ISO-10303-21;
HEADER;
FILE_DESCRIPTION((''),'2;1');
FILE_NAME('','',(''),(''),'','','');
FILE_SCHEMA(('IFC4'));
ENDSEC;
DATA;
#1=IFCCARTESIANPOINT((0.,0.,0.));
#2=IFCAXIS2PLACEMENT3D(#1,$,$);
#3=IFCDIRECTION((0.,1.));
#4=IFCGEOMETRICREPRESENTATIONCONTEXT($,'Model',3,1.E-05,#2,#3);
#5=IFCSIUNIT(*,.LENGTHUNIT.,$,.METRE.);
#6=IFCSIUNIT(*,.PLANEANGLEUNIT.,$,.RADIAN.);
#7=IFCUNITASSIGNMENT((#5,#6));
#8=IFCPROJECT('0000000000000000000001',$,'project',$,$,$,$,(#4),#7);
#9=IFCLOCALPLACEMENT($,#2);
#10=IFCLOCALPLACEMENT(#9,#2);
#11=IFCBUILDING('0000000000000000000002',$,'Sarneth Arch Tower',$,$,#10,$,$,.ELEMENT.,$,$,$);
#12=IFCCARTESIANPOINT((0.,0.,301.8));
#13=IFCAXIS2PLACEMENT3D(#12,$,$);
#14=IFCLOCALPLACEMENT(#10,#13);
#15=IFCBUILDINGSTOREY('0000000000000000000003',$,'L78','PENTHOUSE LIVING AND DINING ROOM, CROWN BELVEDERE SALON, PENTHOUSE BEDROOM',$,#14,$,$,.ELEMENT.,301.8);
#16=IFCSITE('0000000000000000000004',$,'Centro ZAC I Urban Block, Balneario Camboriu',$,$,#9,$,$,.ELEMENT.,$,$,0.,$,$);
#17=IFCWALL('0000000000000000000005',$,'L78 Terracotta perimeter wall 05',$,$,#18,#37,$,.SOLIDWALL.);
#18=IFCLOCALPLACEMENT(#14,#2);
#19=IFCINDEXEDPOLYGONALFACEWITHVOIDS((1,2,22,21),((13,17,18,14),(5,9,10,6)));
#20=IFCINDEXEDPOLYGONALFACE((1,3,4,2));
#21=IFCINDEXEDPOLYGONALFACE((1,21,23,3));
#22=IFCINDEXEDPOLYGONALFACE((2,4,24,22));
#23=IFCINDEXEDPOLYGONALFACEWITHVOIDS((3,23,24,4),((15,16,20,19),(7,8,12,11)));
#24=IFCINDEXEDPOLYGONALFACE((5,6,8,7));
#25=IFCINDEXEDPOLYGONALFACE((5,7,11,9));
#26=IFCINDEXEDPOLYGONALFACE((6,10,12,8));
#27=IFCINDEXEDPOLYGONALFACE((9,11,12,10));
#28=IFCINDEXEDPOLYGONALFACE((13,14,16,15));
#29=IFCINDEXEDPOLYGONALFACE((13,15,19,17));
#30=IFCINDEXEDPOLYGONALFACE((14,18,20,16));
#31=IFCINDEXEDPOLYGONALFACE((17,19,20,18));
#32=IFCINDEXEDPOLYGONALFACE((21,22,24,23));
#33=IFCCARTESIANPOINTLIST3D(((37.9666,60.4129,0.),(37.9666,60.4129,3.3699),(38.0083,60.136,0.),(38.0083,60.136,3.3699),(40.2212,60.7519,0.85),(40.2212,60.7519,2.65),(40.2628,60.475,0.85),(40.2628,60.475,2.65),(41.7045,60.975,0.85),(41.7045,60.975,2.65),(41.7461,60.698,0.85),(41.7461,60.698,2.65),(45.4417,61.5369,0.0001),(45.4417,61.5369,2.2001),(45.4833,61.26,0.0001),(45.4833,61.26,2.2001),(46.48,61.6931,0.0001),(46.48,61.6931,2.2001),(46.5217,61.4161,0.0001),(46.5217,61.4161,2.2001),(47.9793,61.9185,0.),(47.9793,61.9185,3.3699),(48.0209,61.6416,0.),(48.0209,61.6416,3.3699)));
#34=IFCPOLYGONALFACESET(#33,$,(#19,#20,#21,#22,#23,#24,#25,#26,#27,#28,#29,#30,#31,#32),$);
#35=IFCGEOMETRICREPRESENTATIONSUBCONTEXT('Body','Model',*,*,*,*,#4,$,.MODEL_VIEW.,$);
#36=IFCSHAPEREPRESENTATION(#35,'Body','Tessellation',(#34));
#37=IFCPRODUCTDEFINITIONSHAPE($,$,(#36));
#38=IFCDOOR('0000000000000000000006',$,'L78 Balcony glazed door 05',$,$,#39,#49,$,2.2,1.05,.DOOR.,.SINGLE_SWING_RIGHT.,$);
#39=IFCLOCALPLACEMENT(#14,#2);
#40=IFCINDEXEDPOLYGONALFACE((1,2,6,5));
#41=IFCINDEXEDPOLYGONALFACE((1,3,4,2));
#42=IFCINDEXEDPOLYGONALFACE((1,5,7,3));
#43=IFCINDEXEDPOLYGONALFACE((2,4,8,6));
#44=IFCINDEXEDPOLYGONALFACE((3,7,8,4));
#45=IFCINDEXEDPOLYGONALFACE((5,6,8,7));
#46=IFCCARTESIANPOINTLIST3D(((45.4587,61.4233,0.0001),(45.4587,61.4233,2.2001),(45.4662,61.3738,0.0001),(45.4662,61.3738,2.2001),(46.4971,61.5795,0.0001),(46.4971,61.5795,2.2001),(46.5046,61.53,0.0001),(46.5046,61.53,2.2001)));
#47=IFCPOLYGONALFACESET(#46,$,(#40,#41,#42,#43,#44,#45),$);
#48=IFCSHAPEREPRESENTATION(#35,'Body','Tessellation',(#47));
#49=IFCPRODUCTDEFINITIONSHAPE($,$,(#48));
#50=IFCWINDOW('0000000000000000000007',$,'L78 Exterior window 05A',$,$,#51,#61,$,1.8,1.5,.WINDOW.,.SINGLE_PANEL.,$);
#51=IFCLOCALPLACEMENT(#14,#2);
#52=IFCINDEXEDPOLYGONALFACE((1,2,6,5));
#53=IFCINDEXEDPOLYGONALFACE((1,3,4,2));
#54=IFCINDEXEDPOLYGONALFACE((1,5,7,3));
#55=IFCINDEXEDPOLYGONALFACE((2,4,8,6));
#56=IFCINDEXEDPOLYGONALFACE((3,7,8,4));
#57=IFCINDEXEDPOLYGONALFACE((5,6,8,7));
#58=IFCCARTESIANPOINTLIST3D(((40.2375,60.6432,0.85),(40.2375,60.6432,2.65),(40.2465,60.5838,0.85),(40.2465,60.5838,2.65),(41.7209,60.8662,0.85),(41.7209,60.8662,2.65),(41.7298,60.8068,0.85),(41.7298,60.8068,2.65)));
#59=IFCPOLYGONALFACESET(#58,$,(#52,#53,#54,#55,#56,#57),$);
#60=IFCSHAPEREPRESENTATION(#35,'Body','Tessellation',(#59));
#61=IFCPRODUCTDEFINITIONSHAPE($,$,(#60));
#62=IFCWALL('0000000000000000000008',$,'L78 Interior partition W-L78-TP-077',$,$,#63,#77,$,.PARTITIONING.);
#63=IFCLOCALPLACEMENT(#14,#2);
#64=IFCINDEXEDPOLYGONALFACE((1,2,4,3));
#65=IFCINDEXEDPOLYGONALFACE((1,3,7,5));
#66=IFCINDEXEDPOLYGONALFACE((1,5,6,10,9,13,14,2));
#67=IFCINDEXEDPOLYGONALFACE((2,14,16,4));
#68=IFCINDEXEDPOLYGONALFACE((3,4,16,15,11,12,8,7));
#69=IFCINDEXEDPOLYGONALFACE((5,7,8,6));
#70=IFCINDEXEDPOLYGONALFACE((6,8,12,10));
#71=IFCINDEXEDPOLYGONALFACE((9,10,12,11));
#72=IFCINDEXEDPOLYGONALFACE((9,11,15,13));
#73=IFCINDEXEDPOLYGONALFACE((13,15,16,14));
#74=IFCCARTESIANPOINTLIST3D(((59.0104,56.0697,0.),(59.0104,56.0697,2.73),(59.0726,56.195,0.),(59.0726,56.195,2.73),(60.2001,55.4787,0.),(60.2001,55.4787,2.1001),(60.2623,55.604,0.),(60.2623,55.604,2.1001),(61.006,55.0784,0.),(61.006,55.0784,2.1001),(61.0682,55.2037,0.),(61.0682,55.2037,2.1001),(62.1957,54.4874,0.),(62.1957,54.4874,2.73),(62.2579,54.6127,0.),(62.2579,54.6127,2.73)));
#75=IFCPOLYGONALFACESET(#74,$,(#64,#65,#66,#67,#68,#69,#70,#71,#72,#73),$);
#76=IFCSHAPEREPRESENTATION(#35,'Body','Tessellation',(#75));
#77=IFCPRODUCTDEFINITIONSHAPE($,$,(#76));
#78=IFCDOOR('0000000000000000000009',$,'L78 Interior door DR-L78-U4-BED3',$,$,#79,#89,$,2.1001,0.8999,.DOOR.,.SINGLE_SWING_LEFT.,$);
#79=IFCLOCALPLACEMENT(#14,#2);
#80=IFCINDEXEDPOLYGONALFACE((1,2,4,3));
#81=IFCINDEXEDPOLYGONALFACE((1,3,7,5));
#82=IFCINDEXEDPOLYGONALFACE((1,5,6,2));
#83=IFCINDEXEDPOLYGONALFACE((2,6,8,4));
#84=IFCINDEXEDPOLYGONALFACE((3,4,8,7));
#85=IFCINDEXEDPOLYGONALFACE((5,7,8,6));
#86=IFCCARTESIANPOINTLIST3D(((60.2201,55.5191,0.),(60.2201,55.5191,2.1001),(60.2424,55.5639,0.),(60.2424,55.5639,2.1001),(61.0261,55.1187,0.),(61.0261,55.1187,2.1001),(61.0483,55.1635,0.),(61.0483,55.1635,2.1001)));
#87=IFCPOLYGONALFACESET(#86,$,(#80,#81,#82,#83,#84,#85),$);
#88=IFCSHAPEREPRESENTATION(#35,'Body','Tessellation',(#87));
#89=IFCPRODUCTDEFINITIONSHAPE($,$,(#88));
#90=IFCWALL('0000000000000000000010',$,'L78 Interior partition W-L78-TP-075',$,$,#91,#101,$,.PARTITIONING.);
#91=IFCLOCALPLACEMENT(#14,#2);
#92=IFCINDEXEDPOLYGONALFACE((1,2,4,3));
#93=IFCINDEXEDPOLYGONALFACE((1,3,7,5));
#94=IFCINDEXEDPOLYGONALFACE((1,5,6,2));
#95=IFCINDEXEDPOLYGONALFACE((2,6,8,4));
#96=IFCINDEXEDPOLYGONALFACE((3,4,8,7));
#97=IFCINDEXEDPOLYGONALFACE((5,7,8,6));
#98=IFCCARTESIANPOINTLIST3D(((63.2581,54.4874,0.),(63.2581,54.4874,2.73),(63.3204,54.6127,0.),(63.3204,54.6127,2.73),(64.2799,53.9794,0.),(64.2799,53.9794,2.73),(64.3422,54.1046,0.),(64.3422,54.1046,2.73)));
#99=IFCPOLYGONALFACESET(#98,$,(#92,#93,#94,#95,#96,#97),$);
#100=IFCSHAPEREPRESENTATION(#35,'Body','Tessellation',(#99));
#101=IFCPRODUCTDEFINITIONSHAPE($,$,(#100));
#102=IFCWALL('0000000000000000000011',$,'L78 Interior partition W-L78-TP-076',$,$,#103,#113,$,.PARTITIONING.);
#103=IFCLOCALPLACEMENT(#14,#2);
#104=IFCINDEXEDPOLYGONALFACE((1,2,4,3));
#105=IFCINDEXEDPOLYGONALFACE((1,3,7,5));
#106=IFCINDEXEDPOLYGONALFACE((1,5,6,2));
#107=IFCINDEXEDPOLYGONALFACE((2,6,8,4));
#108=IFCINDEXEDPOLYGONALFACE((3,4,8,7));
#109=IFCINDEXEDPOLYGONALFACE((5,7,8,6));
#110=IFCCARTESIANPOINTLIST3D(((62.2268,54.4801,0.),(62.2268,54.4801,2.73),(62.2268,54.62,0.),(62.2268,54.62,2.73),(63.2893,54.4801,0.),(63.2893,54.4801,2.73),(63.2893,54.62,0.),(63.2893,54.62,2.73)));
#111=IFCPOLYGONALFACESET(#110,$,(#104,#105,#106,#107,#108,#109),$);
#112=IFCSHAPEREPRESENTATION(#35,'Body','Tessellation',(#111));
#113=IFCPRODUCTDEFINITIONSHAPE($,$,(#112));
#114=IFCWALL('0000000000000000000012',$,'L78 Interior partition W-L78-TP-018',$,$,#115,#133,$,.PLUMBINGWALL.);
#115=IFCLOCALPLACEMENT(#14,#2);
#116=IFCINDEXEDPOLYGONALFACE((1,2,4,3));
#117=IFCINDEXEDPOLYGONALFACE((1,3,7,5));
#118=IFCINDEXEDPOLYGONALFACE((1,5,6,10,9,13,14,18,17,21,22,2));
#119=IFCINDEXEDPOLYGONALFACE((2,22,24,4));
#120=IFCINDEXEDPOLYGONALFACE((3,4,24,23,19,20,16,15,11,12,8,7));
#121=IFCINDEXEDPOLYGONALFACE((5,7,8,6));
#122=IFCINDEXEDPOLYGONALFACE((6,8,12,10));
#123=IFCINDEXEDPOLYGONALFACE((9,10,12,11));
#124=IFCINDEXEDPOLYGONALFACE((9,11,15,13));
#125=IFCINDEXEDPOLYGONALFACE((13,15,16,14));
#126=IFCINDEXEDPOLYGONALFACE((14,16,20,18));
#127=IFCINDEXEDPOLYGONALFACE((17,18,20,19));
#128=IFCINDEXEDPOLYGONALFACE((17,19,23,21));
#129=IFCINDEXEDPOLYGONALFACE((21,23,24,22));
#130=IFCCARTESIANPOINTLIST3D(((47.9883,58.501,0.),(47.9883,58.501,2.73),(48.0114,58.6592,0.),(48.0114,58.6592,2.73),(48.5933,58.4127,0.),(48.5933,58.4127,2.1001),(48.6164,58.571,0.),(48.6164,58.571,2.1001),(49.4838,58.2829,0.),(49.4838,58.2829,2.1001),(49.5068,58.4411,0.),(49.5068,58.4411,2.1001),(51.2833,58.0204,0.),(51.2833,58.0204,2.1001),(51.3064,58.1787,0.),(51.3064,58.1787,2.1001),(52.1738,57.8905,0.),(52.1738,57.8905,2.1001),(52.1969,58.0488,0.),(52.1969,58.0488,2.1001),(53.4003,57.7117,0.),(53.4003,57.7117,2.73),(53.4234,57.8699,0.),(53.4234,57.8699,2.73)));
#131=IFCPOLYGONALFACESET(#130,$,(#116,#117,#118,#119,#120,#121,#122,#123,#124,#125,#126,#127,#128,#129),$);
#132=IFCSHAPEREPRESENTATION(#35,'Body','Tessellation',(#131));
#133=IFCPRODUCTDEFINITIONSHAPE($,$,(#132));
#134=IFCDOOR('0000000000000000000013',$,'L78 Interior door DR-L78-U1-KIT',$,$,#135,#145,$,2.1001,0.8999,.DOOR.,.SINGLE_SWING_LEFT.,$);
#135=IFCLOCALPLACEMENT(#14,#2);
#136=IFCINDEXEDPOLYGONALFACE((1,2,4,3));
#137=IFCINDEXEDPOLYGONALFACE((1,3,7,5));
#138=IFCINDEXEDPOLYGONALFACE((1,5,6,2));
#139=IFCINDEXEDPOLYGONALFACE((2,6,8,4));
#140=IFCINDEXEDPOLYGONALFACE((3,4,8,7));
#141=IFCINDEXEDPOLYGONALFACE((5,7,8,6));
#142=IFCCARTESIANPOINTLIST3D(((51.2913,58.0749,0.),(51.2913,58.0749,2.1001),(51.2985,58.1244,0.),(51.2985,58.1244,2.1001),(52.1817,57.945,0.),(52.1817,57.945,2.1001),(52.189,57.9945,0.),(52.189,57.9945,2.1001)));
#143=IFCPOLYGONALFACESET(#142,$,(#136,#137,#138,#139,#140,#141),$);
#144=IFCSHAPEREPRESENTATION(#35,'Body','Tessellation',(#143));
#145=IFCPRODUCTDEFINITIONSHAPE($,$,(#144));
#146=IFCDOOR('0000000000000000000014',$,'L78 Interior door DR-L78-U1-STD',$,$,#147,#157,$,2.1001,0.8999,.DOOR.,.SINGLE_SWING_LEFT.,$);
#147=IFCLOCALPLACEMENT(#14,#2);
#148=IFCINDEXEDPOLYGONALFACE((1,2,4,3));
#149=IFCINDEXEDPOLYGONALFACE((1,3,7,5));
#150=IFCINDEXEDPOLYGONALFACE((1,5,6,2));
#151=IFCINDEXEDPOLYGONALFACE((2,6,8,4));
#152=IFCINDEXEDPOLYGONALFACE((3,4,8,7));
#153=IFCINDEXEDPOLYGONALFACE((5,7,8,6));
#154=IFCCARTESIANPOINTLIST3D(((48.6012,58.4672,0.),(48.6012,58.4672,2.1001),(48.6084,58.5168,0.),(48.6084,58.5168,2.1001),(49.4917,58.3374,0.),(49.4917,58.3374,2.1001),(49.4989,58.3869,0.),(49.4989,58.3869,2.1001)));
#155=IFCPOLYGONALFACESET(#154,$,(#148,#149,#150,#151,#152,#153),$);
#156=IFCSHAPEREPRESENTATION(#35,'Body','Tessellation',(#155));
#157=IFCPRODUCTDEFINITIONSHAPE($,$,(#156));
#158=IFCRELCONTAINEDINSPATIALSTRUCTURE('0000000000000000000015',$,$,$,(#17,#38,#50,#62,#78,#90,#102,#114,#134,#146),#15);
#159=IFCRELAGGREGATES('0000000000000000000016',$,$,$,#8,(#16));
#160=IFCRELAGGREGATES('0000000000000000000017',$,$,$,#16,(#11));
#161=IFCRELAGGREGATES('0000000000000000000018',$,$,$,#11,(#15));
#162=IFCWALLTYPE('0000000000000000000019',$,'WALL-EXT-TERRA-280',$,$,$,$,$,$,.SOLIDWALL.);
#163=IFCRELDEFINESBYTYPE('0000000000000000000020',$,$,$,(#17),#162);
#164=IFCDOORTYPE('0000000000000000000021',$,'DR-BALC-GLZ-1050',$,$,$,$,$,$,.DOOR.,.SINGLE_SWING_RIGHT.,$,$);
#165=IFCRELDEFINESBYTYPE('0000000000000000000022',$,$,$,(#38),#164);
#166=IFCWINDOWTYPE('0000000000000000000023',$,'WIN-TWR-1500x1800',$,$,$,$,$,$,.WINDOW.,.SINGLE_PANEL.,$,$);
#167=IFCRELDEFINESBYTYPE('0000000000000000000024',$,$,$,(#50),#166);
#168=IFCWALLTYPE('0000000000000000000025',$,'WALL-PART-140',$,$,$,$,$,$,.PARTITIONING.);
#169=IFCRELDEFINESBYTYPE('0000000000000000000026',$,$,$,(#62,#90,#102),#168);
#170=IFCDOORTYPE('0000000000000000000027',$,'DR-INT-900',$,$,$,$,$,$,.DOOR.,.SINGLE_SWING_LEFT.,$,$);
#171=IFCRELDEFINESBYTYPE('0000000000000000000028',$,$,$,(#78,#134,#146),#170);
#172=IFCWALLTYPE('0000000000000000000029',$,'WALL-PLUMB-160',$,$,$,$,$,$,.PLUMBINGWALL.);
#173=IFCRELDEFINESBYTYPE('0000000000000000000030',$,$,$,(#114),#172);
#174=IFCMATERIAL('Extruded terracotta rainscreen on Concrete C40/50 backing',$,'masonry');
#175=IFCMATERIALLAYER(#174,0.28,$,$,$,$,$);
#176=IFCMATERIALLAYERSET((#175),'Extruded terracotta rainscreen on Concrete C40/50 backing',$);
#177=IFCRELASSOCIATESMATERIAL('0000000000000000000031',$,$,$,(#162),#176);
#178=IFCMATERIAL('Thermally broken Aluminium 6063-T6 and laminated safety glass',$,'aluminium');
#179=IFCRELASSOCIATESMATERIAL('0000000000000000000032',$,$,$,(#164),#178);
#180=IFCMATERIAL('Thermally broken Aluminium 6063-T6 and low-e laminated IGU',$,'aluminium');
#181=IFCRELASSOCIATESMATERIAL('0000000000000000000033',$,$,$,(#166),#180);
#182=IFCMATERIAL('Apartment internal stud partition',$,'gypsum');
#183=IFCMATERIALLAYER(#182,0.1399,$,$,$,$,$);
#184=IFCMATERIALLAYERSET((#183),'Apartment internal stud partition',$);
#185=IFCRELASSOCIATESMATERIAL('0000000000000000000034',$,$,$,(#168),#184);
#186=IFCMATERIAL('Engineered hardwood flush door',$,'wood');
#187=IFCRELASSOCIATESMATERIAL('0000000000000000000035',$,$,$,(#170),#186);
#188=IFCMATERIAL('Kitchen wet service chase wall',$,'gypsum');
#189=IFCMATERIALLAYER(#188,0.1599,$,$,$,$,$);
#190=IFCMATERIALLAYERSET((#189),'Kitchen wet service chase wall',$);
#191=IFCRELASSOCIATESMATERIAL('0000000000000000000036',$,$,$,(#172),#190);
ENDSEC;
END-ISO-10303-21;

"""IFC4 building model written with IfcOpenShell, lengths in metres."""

from ifc_helpers import new_model, si_unit, direction, frame, frame_2d, origin, place, context, subcontext, project, spatial, rectangle, extrude, material, layer, layer_set, type_object, element, fill, save


model = new_model("IFC4")

# Units and contexts
model_context = context("Model", 3, precision=1e-05, world=origin(), true_north=direction((0.0, 1.0)))
body_context = subcontext(model_context, "Body", "Model", "MODEL_VIEW")
ifc_project = project(units=[si_unit("LENGTHUNIT", "METRE"), si_unit("PLANEANGLEUNIT", "RADIAN")], contexts=[model_context])

# Site, building, storey
site_placement = place(None, origin())
site = spatial("IfcSite", under=ifc_project, at=site_placement, Name="Centro ZAC I Urban Block, Balneario Camboriu", CompositionType="ELEMENT", RefElevation=0.0)
building_placement = place(site_placement, origin())
building = spatial("IfcBuilding", under=site, at=building_placement, Name="Sarneth Arch Tower", CompositionType="ELEMENT")
storey_placement = place(building_placement, frame((0.0, 0.0, 301.8)))
storey = spatial("IfcBuildingStorey", under=building, at=storey_placement, Name="L78", Description="PENTHOUSE LIVING AND DINING ROOM, CROWN BELVEDERE SALON, PENTHOUSE BEDROOM", CompositionType="ELEMENT", Elevation=301.8)

# Wall, openings, door, window
ifc_material_1 = material(Name="Extruded terracotta rainscreen on Concrete C40/50 backing", Category="masonry")
ifc_layer_1 = layer(ifc_material_1, 0.28)
ifc_layer_set_1 = layer_set([ifc_layer_1], Name="Extruded terracotta rainscreen on Concrete C40/50 backing")
wall_type_1 = type_object("IfcWallType", Name="WALL-EXT-TERRA-280", PredefinedType="SOLIDWALL", material=ifc_layer_set_1)
wall_1_placement = place(storey_placement, frame((48.0, 61.78, 0.0), z_axis=(0.0, 0.0, 1.0), x_axis=(-0.988883, -0.148699, 0.0)))
wall_1 = element("IfcWall", 1, at=wall_1_placement, inside=storey, type_object=wall_type_1, Name="L78 Terracotta perimeter wall 05", PredefinedType="SOLIDWALL", context=body_context, shape_type="SweptSolid", body=[
    extrude(rectangle(XDim=10.1252, YDim=0.28, at=frame_2d((5.0625, 0.0))), origin(), (0.0, 0.0, 1.0), 3.3699),
])
opening_1_placement = place(wall_1_placement, frame((1.5161, 0.0, 0.0)))
opening_1 = element("IfcOpeningElement", 2, at=opening_1_placement, cuts=wall_1, PredefinedType="OPENING", context=body_context, shape_type="SweptSolid", body=[
    extrude(rectangle(XDim=1.05, YDim=2.2, at=frame_2d((0.5249, 1.1001))), frame((0.0, 0.1499, 0.0), z_axis=(0.0, -1.0, 0.0), x_axis=(1.0, 0.0, 0.0)), (0.0, 0.0, 1.0), 0.3),
])
opening_2_placement = place(wall_1_placement, frame((6.3452, 0.0, 0.8501)))
opening_2 = element("IfcOpeningElement", 3, at=opening_2_placement, cuts=wall_1, PredefinedType="OPENING", context=body_context, shape_type="SweptSolid", body=[
    extrude(rectangle(XDim=1.5, YDim=1.8, at=frame_2d((0.75, 0.8999))), frame((0.0, 0.1499, 0.0), z_axis=(0.0, -1.0, 0.0), x_axis=(1.0, 0.0, 0.0)), (0.0, 0.0, 1.0), 0.3),
])
ifc_material_2 = material(Name="Thermally broken Aluminium 6063-T6 and laminated safety glass", Category="aluminium")
door_type_1 = type_object("IfcDoorType", Name="DR-BALC-GLZ-1050", OperationType="SINGLE_SWING_RIGHT", PredefinedType="DOOR", material=ifc_material_2)
door_1_placement = place(opening_1_placement, origin())
door_1 = element("IfcDoor", 4, at=door_1_placement, inside=storey, type_object=door_type_1, Name="L78 Balcony glazed door 05", OperationType="SINGLE_SWING_RIGHT", OverallHeight=2.2, OverallWidth=1.05, PredefinedType="DOOR", context=body_context, shape_type="SweptSolid", body=[
    extrude(rectangle(XDim=1.05, YDim=2.2, at=frame_2d((0.5249, 1.1001))), frame((0.0, 0.0249, 0.0), z_axis=(0.0, -1.0, 0.0), x_axis=(1.0, 0.0, 0.0)), (0.0, 0.0, 1.0), 0.05),
])
fill(opening_1, door_1)
ifc_material_3 = material(Name="Thermally broken Aluminium 6063-T6 and low-e laminated IGU", Category="aluminium")
window_type = type_object("IfcWindowType", Name="WIN-TWR-1500x1800", PartitioningType="SINGLE_PANEL", PredefinedType="WINDOW", material=ifc_material_3)
window_placement = place(opening_2_placement, origin())
window = element("IfcWindow", 5, at=window_placement, inside=storey, type_object=window_type, Name="L78 Exterior window 05A", OverallHeight=1.8, OverallWidth=1.5, PartitioningType="SINGLE_PANEL", PredefinedType="WINDOW", context=body_context, shape_type="SweptSolid", body=[
    extrude(rectangle(XDim=1.5, YDim=1.8, at=frame_2d((0.75, 0.8999))), frame((0.0, 0.03, 0.0), z_axis=(0.0, -1.0, 0.0), x_axis=(1.0, 0.0, 0.0)), (0.0, 0.0, 1.0), 0.0601),
])
fill(opening_2, window)

# Wall, opening, door
ifc_material_4 = material(Name="Apartment internal stud partition", Category="gypsum")
ifc_layer_2 = layer(ifc_material_4, 0.1399)
ifc_layer_set_2 = layer_set([ifc_layer_2], Name="Apartment internal stud partition")
wall_type_2 = type_object("IfcWallType", Name="WALL-PART-140", PredefinedType="PARTITIONING", material=ifc_layer_set_2)
wall_2_placement = place(storey_placement, frame((62.2268, 54.55, 0.0), z_axis=(0.0, 0.0, 1.0), x_axis=(-0.895591, 0.444878, 0.0)))
wall_2 = element("IfcWall", 6, at=wall_2_placement, inside=storey, type_object=wall_type_2, Name="L78 Interior partition W-L78-TP-077", PredefinedType="PARTITIONING", context=body_context, shape_type="SweptSolid", body=[
    extrude(rectangle(XDim=3.5566, YDim=0.1399, at=frame_2d((1.7783, 0.0))), origin(), (0.0, 0.0, 1.0), 2.73),
])
opening_3_placement = place(wall_2_placement, frame((1.3284, 0.0, 0.0)))
opening_3 = element("IfcOpeningElement", 7, at=opening_3_placement, cuts=wall_2, PredefinedType="OPENING", context=body_context, shape_type="SweptSolid", body=[
    extrude(rectangle(XDim=0.8999, YDim=2.1001, at=frame_2d((0.45, 1.05))), frame((0.0, 0.0798, 0.0), z_axis=(0.0, -1.0, 0.0), x_axis=(1.0, 0.0, 0.0)), (0.0, 0.0, 1.0), 0.1599),
])
ifc_material_5 = material(Name="Engineered hardwood flush door", Category="wood")
door_type_2 = type_object("IfcDoorType", Name="DR-INT-900", OperationType="SINGLE_SWING_LEFT", PredefinedType="DOOR", material=ifc_material_5)
door_2_placement = place(opening_3_placement, origin())
door_2 = element("IfcDoor", 8, at=door_2_placement, inside=storey, type_object=door_type_2, Name="L78 Interior door DR-L78-U4-BED3", OperationType="SINGLE_SWING_LEFT", OverallHeight=2.1001, OverallWidth=0.8999, PredefinedType="DOOR", context=body_context, shape_type="SweptSolid", body=[
    extrude(rectangle(XDim=0.8999, YDim=2.1001, at=frame_2d((0.45, 1.05))), frame((0.0, 0.0249, 0.0), z_axis=(0.0, -1.0, 0.0), x_axis=(1.0, 0.0, 0.0)), (0.0, 0.0, 1.0), 0.05),
])
fill(opening_3, door_2)

# Walls
wall_3_placement = place(storey_placement, frame((64.311, 54.042, 0.0), z_axis=(0.0, 0.0, 1.0), x_axis=(-0.895409, 0.445244, 0.0)))
element("IfcWall", 9, at=wall_3_placement, inside=storey, type_object=wall_type_2, Name="L78 Interior partition W-L78-TP-075", PredefinedType="PARTITIONING", context=body_context, shape_type="SweptSolid", body=[
    extrude(rectangle(XDim=1.1411, YDim=0.1399, at=frame_2d((0.5706, 0.0))), origin(), (0.0, 0.0, 1.0), 2.73),
])
wall_4_placement = place(storey_placement, frame((63.2893, 54.55, 0.0), z_axis=(0.0, 0.0, 1.0), x_axis=(-1.0, 0.0, 0.0)))
element("IfcWall", 10, at=wall_4_placement, inside=storey, type_object=wall_type_2, Name="L78 Interior partition W-L78-TP-076", PredefinedType="PARTITIONING", context=body_context, shape_type="SweptSolid", body=[
    extrude(rectangle(XDim=1.0625, YDim=0.1399, at=frame_2d((0.5312, 0.0))), origin(), (0.0, 0.0, 1.0), 2.73),
])

# Wall, openings, doors
ifc_material_6 = material(Name="Kitchen wet service chase wall", Category="gypsum")
ifc_layer_3 = layer(ifc_material_6, 0.1599)
ifc_layer_set_3 = layer_set([ifc_layer_3], Name="Kitchen wet service chase wall")
wall_type_3 = type_object("IfcWallType", Name="WALL-PLUMB-160", PredefinedType="PLUMBINGWALL", material=ifc_layer_set_3)
wall_5_placement = place(storey_placement, frame((53.4119, 57.7908, 0.0), z_axis=(0.0, 0.0, 1.0), x_axis=(-0.989531, 0.144321, 0.0)))
wall_5 = element("IfcWall", 11, at=wall_5_placement, inside=storey, type_object=wall_type_3, Name="L78 Interior partition W-L78-TP-018", PredefinedType="PLUMBINGWALL", context=body_context, shape_type="SweptSolid", body=[
    extrude(rectangle(XDim=5.4692, YDim=0.1599, at=frame_2d((2.7346, 0.0))), origin(), (0.0, 0.0, 1.0), 2.73),
])
opening_4_placement = place(wall_5_placement, frame((1.2395, 0.0, 0.0)))
opening_4 = element("IfcOpeningElement", 12, at=opening_4_placement, cuts=wall_5, PredefinedType="OPENING", context=body_context, shape_type="SweptSolid", body=[
    extrude(rectangle(XDim=0.8999, YDim=2.1001, at=frame_2d((0.45, 1.05))), frame((0.0, 0.0898, 0.0), z_axis=(0.0, -1.0, 0.0), x_axis=(1.0, 0.0, 0.0)), (0.0, 0.0, 1.0), 0.1799),
])
opening_5_placement = place(wall_5_placement, frame((3.958, 0.0, 0.0)))
opening_5 = element("IfcOpeningElement", 13, at=opening_5_placement, cuts=wall_5, PredefinedType="OPENING", context=body_context, shape_type="SweptSolid", body=[
    extrude(rectangle(XDim=0.8999, YDim=2.1001, at=frame_2d((0.45, 1.05))), frame((0.0, 0.0898, 0.0), z_axis=(0.0, -1.0, 0.0), x_axis=(1.0, 0.0, 0.0)), (0.0, 0.0, 1.0), 0.1799),
])
door_3_placement = place(opening_4_placement, origin())
door_3 = element("IfcDoor", 14, at=door_3_placement, inside=storey, type_object=door_type_2, Name="L78 Interior door DR-L78-U1-KIT", OperationType="SINGLE_SWING_LEFT", OverallHeight=2.1001, OverallWidth=0.8999, PredefinedType="DOOR", context=body_context, shape_type="SweptSolid", body=[
    extrude(rectangle(XDim=0.8999, YDim=2.1001, at=frame_2d((0.45, 1.05))), frame((0.0, 0.0249, 0.0), z_axis=(0.0, -1.0, 0.0), x_axis=(1.0, 0.0, 0.0)), (0.0, 0.0, 1.0), 0.05),
])
fill(opening_4, door_3)
door_4_placement = place(opening_5_placement, origin())
door_4 = element("IfcDoor", 15, at=door_4_placement, inside=storey, type_object=door_type_2, Name="L78 Interior door DR-L78-U1-STD", OperationType="SINGLE_SWING_LEFT", OverallHeight=2.1001, OverallWidth=0.8999, PredefinedType="DOOR", context=body_context, shape_type="SweptSolid", body=[
    extrude(rectangle(XDim=0.8999, YDim=2.1001, at=frame_2d((0.45, 1.05))), frame((0.0, 0.0249, 0.0), z_axis=(0.0, -1.0, 0.0), x_axis=(1.0, 0.0, 0.0)), (0.0, 0.0, 1.0), 0.05),
])
fill(opening_5, door_4)

save(model, "model.ifc")
